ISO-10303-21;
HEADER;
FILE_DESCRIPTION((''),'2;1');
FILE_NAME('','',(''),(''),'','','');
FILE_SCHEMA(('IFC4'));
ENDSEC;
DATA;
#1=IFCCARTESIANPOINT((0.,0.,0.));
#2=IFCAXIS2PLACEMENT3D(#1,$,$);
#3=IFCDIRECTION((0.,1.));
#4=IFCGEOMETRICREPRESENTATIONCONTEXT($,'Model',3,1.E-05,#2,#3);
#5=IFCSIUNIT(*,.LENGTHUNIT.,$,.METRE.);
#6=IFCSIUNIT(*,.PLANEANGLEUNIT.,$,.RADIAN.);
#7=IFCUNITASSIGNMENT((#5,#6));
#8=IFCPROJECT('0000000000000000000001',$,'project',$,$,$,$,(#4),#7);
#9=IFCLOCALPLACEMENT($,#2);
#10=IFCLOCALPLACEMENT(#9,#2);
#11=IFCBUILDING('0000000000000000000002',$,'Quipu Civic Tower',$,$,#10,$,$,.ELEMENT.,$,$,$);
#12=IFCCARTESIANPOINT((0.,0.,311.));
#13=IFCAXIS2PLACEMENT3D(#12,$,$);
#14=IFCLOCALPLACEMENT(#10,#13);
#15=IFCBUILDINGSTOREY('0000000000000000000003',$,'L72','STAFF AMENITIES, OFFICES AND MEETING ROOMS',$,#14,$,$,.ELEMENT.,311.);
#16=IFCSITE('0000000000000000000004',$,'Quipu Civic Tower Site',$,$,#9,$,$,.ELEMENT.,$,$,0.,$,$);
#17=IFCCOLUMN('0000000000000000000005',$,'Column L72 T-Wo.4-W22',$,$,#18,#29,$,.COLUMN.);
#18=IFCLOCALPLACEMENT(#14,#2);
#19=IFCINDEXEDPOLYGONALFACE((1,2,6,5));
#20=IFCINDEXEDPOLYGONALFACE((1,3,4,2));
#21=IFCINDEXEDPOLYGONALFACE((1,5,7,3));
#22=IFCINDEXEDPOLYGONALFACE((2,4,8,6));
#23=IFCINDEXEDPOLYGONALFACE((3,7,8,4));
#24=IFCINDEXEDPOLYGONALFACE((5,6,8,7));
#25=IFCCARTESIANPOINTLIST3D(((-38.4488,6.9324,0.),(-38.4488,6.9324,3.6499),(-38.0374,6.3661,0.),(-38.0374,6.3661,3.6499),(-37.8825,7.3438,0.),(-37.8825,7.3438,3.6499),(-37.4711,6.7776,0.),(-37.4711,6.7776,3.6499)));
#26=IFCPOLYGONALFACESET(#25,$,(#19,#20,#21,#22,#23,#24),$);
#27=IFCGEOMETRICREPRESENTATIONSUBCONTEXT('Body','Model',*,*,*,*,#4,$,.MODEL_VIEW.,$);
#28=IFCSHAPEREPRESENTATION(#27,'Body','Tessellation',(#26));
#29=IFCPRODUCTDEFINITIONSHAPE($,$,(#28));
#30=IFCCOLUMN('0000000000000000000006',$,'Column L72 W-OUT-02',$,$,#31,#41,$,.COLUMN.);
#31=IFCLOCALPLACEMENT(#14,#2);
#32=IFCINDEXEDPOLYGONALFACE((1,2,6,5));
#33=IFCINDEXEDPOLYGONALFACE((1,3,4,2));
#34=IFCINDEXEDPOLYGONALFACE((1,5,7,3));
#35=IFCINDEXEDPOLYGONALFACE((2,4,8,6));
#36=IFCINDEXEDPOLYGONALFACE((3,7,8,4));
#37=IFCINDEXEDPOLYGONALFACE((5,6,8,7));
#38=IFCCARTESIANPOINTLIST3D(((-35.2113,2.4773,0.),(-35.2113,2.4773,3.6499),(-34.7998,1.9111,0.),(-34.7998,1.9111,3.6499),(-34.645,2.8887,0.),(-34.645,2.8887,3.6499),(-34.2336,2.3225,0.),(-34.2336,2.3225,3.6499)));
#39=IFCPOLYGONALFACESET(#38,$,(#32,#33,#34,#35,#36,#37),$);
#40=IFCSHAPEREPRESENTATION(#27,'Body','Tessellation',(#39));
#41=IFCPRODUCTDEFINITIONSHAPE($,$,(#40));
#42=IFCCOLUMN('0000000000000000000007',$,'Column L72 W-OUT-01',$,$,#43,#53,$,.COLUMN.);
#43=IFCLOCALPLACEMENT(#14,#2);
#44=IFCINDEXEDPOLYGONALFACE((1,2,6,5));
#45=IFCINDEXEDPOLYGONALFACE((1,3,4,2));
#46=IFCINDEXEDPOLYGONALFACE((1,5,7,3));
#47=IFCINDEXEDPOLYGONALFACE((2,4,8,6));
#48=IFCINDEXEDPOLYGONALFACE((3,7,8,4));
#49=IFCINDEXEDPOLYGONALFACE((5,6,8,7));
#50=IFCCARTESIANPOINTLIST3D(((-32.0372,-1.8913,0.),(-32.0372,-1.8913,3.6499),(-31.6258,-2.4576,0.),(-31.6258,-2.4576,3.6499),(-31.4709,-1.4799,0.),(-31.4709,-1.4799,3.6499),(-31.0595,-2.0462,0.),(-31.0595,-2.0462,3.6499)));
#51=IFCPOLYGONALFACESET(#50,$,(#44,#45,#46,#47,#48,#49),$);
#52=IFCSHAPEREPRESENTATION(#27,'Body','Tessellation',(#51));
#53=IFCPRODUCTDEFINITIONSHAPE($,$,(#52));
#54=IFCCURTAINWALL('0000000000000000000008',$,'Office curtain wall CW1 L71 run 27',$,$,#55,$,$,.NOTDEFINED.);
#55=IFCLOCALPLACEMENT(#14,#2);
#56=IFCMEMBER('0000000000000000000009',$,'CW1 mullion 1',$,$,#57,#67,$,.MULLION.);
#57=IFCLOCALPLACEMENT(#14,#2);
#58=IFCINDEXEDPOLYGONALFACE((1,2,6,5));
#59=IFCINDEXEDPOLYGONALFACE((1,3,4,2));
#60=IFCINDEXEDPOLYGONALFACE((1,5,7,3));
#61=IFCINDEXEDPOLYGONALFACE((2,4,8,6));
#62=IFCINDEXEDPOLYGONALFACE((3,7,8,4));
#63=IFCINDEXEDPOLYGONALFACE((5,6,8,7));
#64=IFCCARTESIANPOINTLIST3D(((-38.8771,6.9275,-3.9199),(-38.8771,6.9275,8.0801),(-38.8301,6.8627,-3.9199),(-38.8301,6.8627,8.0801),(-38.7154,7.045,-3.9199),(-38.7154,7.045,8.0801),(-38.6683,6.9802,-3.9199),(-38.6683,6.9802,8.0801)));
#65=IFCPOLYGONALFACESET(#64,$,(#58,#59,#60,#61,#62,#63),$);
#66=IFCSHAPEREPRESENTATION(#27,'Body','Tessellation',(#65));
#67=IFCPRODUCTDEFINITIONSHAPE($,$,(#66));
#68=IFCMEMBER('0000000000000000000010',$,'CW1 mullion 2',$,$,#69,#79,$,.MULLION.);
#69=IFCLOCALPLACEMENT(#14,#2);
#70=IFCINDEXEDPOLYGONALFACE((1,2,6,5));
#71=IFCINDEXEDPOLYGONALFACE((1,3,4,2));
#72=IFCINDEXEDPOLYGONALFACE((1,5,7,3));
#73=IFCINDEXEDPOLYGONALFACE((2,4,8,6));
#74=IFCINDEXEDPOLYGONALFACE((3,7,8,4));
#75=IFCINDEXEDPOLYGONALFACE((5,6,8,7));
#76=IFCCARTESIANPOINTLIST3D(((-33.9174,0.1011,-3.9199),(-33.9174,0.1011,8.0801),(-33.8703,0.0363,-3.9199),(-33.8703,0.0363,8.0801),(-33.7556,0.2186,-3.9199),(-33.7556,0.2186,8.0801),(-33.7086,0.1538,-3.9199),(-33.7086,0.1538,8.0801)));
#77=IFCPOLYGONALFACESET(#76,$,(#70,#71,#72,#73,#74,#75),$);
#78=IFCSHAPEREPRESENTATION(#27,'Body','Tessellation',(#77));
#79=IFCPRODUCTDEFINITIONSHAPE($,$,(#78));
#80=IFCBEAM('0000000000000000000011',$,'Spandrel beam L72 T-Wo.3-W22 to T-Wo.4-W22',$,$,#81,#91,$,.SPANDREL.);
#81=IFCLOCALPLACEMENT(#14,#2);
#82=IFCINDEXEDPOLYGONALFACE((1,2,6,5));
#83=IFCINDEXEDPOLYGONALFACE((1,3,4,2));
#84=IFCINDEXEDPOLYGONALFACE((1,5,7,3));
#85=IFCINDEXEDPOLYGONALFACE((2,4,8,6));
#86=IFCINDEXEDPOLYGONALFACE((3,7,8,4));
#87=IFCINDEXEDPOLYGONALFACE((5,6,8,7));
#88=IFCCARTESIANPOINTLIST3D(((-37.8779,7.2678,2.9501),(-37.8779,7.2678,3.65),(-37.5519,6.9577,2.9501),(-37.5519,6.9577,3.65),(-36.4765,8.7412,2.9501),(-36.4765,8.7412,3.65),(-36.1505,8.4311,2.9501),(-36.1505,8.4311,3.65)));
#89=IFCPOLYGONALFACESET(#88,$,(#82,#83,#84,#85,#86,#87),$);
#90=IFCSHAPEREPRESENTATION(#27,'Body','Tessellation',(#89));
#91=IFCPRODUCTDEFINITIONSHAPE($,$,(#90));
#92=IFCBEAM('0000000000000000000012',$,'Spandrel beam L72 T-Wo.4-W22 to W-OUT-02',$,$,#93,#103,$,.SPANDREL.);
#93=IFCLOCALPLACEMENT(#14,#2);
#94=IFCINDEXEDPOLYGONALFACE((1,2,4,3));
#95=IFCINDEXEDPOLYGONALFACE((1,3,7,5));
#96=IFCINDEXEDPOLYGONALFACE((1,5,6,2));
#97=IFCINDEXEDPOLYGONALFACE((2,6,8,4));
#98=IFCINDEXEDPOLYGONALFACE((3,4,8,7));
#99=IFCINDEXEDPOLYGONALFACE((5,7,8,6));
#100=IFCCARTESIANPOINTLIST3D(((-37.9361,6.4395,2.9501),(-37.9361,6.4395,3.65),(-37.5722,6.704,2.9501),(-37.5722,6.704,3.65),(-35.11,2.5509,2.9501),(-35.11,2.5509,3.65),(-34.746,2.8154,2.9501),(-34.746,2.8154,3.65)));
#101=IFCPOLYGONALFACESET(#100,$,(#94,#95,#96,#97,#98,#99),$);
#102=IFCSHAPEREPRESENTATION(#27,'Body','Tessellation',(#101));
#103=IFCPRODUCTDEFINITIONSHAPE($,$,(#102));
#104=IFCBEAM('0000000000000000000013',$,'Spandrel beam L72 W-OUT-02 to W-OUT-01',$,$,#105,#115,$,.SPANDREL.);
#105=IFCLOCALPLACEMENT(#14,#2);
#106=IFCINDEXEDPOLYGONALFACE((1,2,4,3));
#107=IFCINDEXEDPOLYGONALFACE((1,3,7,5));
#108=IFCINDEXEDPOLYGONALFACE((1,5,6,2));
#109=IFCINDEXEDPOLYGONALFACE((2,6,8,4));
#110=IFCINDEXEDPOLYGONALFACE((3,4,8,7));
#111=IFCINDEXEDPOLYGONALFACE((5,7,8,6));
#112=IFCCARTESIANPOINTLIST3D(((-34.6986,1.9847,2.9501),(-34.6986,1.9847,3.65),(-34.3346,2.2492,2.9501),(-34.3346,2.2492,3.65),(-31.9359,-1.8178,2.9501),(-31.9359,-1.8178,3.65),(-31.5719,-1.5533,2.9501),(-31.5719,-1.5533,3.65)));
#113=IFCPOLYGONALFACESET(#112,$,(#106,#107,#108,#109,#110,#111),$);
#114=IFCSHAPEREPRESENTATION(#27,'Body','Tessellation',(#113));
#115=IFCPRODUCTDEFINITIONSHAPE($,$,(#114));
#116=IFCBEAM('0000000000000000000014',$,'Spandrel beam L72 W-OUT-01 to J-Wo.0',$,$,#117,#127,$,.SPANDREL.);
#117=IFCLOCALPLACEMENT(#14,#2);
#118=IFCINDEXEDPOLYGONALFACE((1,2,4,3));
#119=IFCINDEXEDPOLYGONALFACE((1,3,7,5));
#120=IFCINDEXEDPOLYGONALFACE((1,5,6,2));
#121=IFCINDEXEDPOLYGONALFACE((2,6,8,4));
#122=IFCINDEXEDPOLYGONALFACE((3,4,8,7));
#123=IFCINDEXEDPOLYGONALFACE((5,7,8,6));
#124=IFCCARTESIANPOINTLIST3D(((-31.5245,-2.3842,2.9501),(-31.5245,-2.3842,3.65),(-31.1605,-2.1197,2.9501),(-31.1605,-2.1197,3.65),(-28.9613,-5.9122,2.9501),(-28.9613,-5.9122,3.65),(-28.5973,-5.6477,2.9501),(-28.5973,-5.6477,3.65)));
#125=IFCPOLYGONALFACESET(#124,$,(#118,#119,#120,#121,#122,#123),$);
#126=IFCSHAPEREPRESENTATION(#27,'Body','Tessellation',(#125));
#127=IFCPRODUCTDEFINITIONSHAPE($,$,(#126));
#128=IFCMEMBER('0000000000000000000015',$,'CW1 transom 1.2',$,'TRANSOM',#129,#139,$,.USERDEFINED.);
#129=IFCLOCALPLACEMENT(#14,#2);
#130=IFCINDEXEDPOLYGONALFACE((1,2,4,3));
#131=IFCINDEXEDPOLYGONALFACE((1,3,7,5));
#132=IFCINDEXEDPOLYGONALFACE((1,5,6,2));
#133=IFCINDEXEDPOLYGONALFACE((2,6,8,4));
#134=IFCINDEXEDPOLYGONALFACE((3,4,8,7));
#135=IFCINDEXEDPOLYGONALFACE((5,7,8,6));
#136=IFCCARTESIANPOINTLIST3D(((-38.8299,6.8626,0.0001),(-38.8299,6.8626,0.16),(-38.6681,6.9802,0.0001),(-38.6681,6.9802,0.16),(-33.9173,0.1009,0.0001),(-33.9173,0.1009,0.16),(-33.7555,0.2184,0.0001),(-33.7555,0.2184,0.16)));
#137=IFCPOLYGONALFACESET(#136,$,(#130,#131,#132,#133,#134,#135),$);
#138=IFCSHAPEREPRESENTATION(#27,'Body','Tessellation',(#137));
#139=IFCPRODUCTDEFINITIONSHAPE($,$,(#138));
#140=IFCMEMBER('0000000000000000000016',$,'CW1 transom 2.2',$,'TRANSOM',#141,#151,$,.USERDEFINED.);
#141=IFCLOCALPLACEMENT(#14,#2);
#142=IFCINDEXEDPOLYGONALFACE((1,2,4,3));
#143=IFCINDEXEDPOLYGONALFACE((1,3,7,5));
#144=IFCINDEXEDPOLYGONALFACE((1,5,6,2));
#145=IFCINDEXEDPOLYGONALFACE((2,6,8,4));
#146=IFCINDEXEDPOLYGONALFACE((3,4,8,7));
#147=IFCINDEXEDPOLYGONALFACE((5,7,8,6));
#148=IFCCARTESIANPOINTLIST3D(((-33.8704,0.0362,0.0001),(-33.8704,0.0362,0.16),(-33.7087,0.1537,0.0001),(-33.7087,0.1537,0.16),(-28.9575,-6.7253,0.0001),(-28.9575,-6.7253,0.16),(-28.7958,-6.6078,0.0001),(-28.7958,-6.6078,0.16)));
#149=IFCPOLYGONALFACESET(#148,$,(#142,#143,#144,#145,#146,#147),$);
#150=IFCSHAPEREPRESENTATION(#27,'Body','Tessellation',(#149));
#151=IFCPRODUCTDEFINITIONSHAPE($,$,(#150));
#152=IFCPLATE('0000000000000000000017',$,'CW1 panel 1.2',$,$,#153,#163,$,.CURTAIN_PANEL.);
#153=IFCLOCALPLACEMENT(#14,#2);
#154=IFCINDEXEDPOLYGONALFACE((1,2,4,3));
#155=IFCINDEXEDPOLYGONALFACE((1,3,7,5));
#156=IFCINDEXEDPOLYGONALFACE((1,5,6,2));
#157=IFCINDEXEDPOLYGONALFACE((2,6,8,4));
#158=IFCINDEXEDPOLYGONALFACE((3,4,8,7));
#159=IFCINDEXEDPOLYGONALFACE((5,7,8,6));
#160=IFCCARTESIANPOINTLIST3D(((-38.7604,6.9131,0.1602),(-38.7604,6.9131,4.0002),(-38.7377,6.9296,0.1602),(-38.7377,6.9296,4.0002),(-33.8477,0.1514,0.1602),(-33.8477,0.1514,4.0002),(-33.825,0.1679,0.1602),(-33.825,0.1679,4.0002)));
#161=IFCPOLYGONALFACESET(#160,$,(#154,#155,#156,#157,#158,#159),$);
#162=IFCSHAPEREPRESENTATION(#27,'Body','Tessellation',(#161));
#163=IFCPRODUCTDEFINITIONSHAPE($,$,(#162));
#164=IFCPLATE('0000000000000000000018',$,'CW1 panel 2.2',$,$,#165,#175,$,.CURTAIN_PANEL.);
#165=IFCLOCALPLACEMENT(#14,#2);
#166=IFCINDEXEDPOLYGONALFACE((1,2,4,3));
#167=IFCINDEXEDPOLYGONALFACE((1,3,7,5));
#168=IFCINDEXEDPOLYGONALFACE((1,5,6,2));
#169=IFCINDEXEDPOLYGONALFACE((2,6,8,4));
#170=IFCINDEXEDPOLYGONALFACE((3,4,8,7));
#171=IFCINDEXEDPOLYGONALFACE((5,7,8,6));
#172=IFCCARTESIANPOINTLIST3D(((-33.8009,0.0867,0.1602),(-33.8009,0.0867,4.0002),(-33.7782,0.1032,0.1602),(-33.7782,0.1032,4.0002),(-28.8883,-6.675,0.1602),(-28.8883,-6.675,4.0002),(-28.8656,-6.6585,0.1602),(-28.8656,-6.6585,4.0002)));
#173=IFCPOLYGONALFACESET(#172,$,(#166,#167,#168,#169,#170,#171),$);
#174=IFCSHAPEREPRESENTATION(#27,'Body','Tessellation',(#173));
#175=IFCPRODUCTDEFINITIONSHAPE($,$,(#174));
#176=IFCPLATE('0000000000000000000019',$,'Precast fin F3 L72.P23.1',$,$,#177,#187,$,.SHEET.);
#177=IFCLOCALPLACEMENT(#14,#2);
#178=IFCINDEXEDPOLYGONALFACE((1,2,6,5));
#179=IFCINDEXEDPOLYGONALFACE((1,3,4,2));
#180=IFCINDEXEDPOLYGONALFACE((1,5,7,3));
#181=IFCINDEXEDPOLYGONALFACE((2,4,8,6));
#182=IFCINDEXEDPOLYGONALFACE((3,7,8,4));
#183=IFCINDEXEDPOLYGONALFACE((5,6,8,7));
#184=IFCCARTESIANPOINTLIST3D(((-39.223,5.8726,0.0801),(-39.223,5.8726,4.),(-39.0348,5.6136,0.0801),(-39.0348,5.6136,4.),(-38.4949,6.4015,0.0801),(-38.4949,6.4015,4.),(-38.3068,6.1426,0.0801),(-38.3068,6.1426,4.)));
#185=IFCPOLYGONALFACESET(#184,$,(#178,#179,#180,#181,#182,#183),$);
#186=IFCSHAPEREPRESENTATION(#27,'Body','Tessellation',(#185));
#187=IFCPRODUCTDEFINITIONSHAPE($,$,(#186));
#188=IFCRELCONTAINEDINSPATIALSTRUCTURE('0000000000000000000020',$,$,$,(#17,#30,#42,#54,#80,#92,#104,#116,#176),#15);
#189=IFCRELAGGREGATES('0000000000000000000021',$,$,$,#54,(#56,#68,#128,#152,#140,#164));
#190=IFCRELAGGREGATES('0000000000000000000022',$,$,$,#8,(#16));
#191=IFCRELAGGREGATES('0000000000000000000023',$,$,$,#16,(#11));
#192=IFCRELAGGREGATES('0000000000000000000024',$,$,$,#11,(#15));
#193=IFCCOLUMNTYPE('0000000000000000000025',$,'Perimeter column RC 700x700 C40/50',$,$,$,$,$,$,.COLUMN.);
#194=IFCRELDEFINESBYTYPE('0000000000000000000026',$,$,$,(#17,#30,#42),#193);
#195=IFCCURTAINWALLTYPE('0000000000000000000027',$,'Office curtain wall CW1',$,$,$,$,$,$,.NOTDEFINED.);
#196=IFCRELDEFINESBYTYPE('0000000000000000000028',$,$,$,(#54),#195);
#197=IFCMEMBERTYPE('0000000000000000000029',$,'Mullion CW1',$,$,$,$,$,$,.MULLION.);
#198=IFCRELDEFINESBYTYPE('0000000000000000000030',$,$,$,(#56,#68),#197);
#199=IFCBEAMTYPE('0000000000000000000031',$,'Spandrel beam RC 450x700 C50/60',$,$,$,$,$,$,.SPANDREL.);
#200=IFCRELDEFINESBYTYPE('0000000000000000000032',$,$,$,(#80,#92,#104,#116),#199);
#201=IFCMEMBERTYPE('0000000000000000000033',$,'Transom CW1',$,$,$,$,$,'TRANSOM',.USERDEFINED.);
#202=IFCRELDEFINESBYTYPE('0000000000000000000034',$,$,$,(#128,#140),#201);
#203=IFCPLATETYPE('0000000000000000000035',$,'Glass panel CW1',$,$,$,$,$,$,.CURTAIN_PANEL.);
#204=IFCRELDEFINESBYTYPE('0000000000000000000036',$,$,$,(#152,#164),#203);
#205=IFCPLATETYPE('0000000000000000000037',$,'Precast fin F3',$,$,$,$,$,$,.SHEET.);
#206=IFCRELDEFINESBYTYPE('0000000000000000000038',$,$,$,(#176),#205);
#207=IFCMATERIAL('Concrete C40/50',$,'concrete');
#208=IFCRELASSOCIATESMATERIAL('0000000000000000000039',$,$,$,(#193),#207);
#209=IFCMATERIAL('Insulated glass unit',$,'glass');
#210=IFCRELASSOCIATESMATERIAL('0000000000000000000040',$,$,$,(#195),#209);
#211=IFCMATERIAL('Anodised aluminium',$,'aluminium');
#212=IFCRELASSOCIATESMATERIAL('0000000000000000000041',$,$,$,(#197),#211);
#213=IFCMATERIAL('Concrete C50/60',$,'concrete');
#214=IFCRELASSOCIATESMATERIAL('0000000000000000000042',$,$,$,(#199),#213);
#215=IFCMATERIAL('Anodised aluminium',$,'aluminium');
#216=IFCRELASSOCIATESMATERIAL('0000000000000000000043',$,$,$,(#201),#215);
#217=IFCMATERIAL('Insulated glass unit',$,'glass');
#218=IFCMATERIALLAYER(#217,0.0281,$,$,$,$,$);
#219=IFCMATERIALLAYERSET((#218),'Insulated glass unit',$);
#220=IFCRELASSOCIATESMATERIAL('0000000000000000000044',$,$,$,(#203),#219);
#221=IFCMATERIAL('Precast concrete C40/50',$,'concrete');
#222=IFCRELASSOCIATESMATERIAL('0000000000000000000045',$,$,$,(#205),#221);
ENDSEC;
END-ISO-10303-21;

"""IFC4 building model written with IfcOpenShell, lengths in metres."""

from ifc_helpers import new_model, si_unit, direction, frame, origin, origin_2d, place, context, subcontext, project, spatial, rectangle, extrude, material, layer, layer_set, material_profile, profile_set, type_object, element, aggregate, save


model = new_model("IFC4")

# Units and contexts
model_context = context("Model", 3, precision=1e-05, world=origin(), true_north=direction((0.0, 1.0)))
body_context = subcontext(model_context, "Body", "Model", "MODEL_VIEW")
ifc_project = project(units=[si_unit("LENGTHUNIT", "METRE"), si_unit("PLANEANGLEUNIT", "RADIAN")], contexts=[model_context])

# Site, building, storey
site_placement = place(None, origin())
site = spatial("IfcSite", under=ifc_project, at=site_placement, Name="Quipu Civic Tower Site", CompositionType="ELEMENT", RefElevation=0.0)
building_placement = place(site_placement, origin())
building = spatial("IfcBuilding", under=site, at=building_placement, Name="Quipu Civic Tower", CompositionType="ELEMENT")
storey_placement = place(building_placement, frame((0.0, 0.0, 311.0)))
storey = spatial("IfcBuildingStorey", under=building, at=storey_placement, Name="L72", Description="STAFF AMENITIES, OFFICES AND MEETING ROOMS", CompositionType="ELEMENT", Elevation=311.0)

# Columns
ifc_material_1 = material(Name="Concrete C40/50", Category="concrete")
ifc_material_profile_1 = material_profile(ifc_material_1, rectangle(XDim=0.7, YDim=0.7, at=origin_2d()), Name="RC700x700")
ifc_profile_set_1 = profile_set([ifc_material_profile_1], Name="Concrete C40/50")
column_type = type_object("IfcColumnType", Name="Perimeter column RC 700x700 C40/50", PredefinedType="COLUMN", material=ifc_profile_set_1)
for number, where, z_axis, x_axis, name in (
    (1, (-37.96, 6.855, 0.0), (0.0, 0.0, 1.0), (0.587785, -0.809017, 0.0), "Column L72 T-Wo.4-W22"),
    (2, (-34.7224, 2.3999, 0.0), (0.0, 0.0, 1.0), (0.587785, -0.809017, 0.0), "Column L72 W-OUT-02"),
    (3, (-31.5483, -1.9688, 0.0), (0.0, 0.0, 1.0), (0.587785, -0.809017, 0.0), "Column L72 W-OUT-01"),
):
    element("IfcColumn", number, at=place(storey_placement, frame(where, z_axis=z_axis, x_axis=x_axis)), inside=storey, type_object=column_type, Name=name, PredefinedType="COLUMN", context=body_context, shape_type="SweptSolid", body=[
        extrude(rectangle(XDim=0.7, YDim=0.7, at=origin_2d()), origin(), (0.0, 0.0, 1.0), 3.6499),
    ])

# Curtain wall, members
ifc_material_2 = material(Name="Insulated glass unit", Category="glass")
curtain_wall_type = type_object("IfcCurtainWallType", Name="Office curtain wall CW1", PredefinedType="NOTDEFINED", material=ifc_material_2)
curtain_wall_placement = place(storey_placement, origin())
curtain_wall = element("IfcCurtainWall", 4, at=curtain_wall_placement, inside=storey, type_object=curtain_wall_type, Name="Office curtain wall CW1 L71 run 27", PredefinedType="NOTDEFINED")
ifc_material_3 = material(Name="Anodised aluminium", Category="aluminium")
ifc_material_profile_2 = material_profile(ifc_material_3, rectangle(XDim=0.2, YDim=0.0801, at=origin_2d()), Name="RECT 200x80")
ifc_profile_set_2 = profile_set([ifc_material_profile_2], Name="Anodised aluminium")
member_type_1 = type_object("IfcMemberType", Name="Mullion CW1", PredefinedType="MULLION", material=ifc_profile_set_2)
member_1_placement = place(storey_placement, frame((-38.7727, 6.9539, -3.9199), z_axis=(0.0, 0.0, 1.0), x_axis=(0.809016, 0.587786, 0.0)))
member_1 = element("IfcMember", 5, at=member_1_placement, type_object=member_type_1, Name="CW1 mullion 1", PredefinedType="MULLION", context=body_context, shape_type="SweptSolid", body=[
    extrude(rectangle(XDim=0.2, YDim=0.0801, at=origin_2d()), origin(), (0.0, 0.0, 1.0), 12.0),
])
member_2_placement = place(storey_placement, frame((-33.813, 0.1274, -3.9199), z_axis=(0.0, 0.0, 1.0), x_axis=(0.809016, 0.587786, 0.0)))
member_2 = element("IfcMember", 6, at=member_2_placement, type_object=member_type_1, Name="CW1 mullion 2", PredefinedType="MULLION", context=body_context, shape_type="SweptSolid", body=[
    extrude(rectangle(XDim=0.2, YDim=0.0801, at=origin_2d()), origin(), (0.0, 0.0, 1.0), 12.0),
])

# Beams
ifc_material_4 = material(Name="Concrete C50/60", Category="concrete")
ifc_material_profile_3 = material_profile(ifc_material_4, rectangle(XDim=0.45, YDim=0.7, at=origin_2d()), Name="RC450x700")
ifc_profile_set_3 = profile_set([ifc_material_profile_3], Name="Concrete C50/60")
beam_type = type_object("IfcBeamType", Name="Spandrel beam RC 450x700 C50/60", PredefinedType="SPANDREL", material=ifc_profile_set_3)
beam_1_placement = place(storey_placement, frame((-36.3135, 8.5862, 3.3), z_axis=(-0.689175, -0.724595, 0.0), x_axis=(0.724595, -0.689175, 0.0)))
element("IfcBeam", 7, at=beam_1_placement, inside=storey, type_object=beam_type, Name="Spandrel beam L72 T-Wo.3-W22 to T-Wo.4-W22", PredefinedType="SPANDREL", context=body_context, shape_type="SweptSolid", body=[
    extrude(rectangle(XDim=0.45, YDim=0.7, at=origin_2d()), origin(), (0.0, 0.0, 1.0), 2.0334),
])
beam_2_placement = place(storey_placement, frame((-37.7542, 6.5718, 3.3), z_axis=(0.587906, -0.808929, 0.0), x_axis=(0.808929, 0.587906, 0.0)))
element("IfcBeam", 8, at=beam_2_placement, inside=storey, type_object=beam_type, Name="Spandrel beam L72 T-Wo.4-W22 to W-OUT-02", PredefinedType="SPANDREL", context=body_context, shape_type="SweptSolid", body=[
    extrude(rectangle(XDim=0.45, YDim=0.7, at=origin_2d()), origin(), (0.0, 0.0, 1.0), 4.8071),
])
beam_3_placement = place(storey_placement, frame((-34.5166, 2.1169, 3.3), z_axis=(0.587789, -0.809015, 0.0), x_axis=(0.809015, 0.587789, 0.0)))
element("IfcBeam", 9, at=beam_3_placement, inside=storey, type_object=beam_type, Name="Spandrel beam L72 W-OUT-02 to W-OUT-01", PredefinedType="SPANDREL", context=body_context, shape_type="SweptSolid", body=[
    extrude(rectangle(XDim=0.45, YDim=0.7, at=origin_2d()), origin(), (0.0, 0.0, 1.0), 4.7002),
])
beam_4_placement = place(storey_placement, frame((-31.3425, -2.252, 3.3), z_axis=(0.587776, -0.809024, 0.0), x_axis=(0.809024, 0.587776, 0.0)))
element("IfcBeam", 10, at=beam_4_placement, inside=storey, type_object=beam_type, Name="Spandrel beam L72 W-OUT-01 to J-Wo.0", PredefinedType="SPANDREL", context=body_context, shape_type="SweptSolid", body=[
    extrude(rectangle(XDim=0.45, YDim=0.7, at=origin_2d()), origin(), (0.0, 0.0, 1.0), 4.3608),
])

# Members
ifc_material_5 = material(Name="Anodised aluminium", Category="aluminium")
ifc_material_profile_4 = material_profile(ifc_material_5, rectangle(XDim=0.2, YDim=0.1599, at=origin_2d()), Name="RECT 200x160")
ifc_profile_set_4 = profile_set([ifc_material_profile_4], Name="Anodised aluminium")
member_type_2 = type_object("IfcMemberType", Name="Transom CW1", ElementType="TRANSOM", PredefinedType="USERDEFINED", material=ifc_profile_set_4)
member_3_placement = place(storey_placement, frame((-38.749, 6.9214, 0.0801), z_axis=(0.587779, -0.809021, 0.0), x_axis=(0.809021, 0.587779, 0.0)))
member_3 = element("IfcMember", 11, at=member_3_placement, type_object=member_type_2, Name="CW1 transom 1.2", ObjectType="TRANSOM", PredefinedType="USERDEFINED", context=body_context, shape_type="SweptSolid", body=[
    extrude(rectangle(XDim=0.2, YDim=0.1599, at=origin_2d()), origin(), (0.0, 0.0, 1.0), 8.3579),
])
member_4_placement = place(storey_placement, frame((-33.7896, 0.095, 0.0801), z_axis=(0.587812, -0.808997, 0.0), x_axis=(0.808997, 0.587812, 0.0)))
member_4 = element("IfcMember", 12, at=member_4_placement, type_object=member_type_2, Name="CW1 transom 2.2", ObjectType="TRANSOM", PredefinedType="USERDEFINED", context=body_context, shape_type="SweptSolid", body=[
    extrude(rectangle(XDim=0.2, YDim=0.1599, at=origin_2d()), origin(), (0.0, 0.0, 1.0), 8.3579),
])

# Plates
ifc_material_6 = material(Name="Insulated glass unit", Category="glass")
ifc_layer_1 = layer(ifc_material_6, 0.0281)
ifc_layer_set_1 = layer_set([ifc_layer_1], Name="Insulated glass unit")
plate_type_1 = type_object("IfcPlateType", Name="Glass panel CW1", PredefinedType="CURTAIN_PANEL", material=ifc_layer_set_1)
plate_1_placement = place(storey_placement, frame((-36.2927, 3.5405, 0.1602), z_axis=(0.0, 0.0, 1.0), x_axis=(0.587786, -0.809016, 0.0)))
plate_1 = element("IfcPlate", 13, at=plate_1_placement, type_object=plate_type_1, Name="CW1 panel 1.2", PredefinedType="CURTAIN_PANEL", context=body_context, shape_type="SweptSolid", body=[
    extrude(rectangle(XDim=8.3579, YDim=0.0281, at=origin_2d()), origin(), (0.0, 0.0, 1.0), 3.8401),
])
plate_2_placement = place(storey_placement, frame((-31.3333, -3.2859, 0.1602), z_axis=(0.0, 0.0, 1.0), x_axis=(0.587786, -0.809016, 0.0)))
plate_2 = element("IfcPlate", 14, at=plate_2_placement, type_object=plate_type_1, Name="CW1 panel 2.2", PredefinedType="CURTAIN_PANEL", context=body_context, shape_type="SweptSolid", body=[
    extrude(rectangle(XDim=8.3579, YDim=0.0281, at=origin_2d()), origin(), (0.0, 0.0, 1.0), 3.8401),
])
aggregate(curtain_wall, [member_1, member_2, member_3, plate_1, member_4, plate_2])

# Plate
ifc_material_7 = material(Name="Precast concrete C40/50", Category="concrete")
plate_type_2 = type_object("IfcPlateType", Name="Precast fin F3", PredefinedType="SHEET", material=ifc_material_7)
for number, where, z_axis, x_axis, name in (
    (15, (-38.7649, 6.0076, 0.0801), (0.0, 0.0, 1.0), (0.587787, -0.809016, 0.0), "Precast fin F3 L72.P23.1"),
):
    element("IfcPlate", number, at=place(storey_placement, frame(where, z_axis=z_axis, x_axis=x_axis)), inside=storey, type_object=plate_type_2, Name=name, PredefinedType="SHEET", context=body_context, shape_type="SweptSolid", body=[
        extrude(rectangle(XDim=0.3201, YDim=0.8999, at=origin_2d()), origin(), (0.0, 0.0, 1.0), 3.9199),
    ])

save(model, "model.ifc")
